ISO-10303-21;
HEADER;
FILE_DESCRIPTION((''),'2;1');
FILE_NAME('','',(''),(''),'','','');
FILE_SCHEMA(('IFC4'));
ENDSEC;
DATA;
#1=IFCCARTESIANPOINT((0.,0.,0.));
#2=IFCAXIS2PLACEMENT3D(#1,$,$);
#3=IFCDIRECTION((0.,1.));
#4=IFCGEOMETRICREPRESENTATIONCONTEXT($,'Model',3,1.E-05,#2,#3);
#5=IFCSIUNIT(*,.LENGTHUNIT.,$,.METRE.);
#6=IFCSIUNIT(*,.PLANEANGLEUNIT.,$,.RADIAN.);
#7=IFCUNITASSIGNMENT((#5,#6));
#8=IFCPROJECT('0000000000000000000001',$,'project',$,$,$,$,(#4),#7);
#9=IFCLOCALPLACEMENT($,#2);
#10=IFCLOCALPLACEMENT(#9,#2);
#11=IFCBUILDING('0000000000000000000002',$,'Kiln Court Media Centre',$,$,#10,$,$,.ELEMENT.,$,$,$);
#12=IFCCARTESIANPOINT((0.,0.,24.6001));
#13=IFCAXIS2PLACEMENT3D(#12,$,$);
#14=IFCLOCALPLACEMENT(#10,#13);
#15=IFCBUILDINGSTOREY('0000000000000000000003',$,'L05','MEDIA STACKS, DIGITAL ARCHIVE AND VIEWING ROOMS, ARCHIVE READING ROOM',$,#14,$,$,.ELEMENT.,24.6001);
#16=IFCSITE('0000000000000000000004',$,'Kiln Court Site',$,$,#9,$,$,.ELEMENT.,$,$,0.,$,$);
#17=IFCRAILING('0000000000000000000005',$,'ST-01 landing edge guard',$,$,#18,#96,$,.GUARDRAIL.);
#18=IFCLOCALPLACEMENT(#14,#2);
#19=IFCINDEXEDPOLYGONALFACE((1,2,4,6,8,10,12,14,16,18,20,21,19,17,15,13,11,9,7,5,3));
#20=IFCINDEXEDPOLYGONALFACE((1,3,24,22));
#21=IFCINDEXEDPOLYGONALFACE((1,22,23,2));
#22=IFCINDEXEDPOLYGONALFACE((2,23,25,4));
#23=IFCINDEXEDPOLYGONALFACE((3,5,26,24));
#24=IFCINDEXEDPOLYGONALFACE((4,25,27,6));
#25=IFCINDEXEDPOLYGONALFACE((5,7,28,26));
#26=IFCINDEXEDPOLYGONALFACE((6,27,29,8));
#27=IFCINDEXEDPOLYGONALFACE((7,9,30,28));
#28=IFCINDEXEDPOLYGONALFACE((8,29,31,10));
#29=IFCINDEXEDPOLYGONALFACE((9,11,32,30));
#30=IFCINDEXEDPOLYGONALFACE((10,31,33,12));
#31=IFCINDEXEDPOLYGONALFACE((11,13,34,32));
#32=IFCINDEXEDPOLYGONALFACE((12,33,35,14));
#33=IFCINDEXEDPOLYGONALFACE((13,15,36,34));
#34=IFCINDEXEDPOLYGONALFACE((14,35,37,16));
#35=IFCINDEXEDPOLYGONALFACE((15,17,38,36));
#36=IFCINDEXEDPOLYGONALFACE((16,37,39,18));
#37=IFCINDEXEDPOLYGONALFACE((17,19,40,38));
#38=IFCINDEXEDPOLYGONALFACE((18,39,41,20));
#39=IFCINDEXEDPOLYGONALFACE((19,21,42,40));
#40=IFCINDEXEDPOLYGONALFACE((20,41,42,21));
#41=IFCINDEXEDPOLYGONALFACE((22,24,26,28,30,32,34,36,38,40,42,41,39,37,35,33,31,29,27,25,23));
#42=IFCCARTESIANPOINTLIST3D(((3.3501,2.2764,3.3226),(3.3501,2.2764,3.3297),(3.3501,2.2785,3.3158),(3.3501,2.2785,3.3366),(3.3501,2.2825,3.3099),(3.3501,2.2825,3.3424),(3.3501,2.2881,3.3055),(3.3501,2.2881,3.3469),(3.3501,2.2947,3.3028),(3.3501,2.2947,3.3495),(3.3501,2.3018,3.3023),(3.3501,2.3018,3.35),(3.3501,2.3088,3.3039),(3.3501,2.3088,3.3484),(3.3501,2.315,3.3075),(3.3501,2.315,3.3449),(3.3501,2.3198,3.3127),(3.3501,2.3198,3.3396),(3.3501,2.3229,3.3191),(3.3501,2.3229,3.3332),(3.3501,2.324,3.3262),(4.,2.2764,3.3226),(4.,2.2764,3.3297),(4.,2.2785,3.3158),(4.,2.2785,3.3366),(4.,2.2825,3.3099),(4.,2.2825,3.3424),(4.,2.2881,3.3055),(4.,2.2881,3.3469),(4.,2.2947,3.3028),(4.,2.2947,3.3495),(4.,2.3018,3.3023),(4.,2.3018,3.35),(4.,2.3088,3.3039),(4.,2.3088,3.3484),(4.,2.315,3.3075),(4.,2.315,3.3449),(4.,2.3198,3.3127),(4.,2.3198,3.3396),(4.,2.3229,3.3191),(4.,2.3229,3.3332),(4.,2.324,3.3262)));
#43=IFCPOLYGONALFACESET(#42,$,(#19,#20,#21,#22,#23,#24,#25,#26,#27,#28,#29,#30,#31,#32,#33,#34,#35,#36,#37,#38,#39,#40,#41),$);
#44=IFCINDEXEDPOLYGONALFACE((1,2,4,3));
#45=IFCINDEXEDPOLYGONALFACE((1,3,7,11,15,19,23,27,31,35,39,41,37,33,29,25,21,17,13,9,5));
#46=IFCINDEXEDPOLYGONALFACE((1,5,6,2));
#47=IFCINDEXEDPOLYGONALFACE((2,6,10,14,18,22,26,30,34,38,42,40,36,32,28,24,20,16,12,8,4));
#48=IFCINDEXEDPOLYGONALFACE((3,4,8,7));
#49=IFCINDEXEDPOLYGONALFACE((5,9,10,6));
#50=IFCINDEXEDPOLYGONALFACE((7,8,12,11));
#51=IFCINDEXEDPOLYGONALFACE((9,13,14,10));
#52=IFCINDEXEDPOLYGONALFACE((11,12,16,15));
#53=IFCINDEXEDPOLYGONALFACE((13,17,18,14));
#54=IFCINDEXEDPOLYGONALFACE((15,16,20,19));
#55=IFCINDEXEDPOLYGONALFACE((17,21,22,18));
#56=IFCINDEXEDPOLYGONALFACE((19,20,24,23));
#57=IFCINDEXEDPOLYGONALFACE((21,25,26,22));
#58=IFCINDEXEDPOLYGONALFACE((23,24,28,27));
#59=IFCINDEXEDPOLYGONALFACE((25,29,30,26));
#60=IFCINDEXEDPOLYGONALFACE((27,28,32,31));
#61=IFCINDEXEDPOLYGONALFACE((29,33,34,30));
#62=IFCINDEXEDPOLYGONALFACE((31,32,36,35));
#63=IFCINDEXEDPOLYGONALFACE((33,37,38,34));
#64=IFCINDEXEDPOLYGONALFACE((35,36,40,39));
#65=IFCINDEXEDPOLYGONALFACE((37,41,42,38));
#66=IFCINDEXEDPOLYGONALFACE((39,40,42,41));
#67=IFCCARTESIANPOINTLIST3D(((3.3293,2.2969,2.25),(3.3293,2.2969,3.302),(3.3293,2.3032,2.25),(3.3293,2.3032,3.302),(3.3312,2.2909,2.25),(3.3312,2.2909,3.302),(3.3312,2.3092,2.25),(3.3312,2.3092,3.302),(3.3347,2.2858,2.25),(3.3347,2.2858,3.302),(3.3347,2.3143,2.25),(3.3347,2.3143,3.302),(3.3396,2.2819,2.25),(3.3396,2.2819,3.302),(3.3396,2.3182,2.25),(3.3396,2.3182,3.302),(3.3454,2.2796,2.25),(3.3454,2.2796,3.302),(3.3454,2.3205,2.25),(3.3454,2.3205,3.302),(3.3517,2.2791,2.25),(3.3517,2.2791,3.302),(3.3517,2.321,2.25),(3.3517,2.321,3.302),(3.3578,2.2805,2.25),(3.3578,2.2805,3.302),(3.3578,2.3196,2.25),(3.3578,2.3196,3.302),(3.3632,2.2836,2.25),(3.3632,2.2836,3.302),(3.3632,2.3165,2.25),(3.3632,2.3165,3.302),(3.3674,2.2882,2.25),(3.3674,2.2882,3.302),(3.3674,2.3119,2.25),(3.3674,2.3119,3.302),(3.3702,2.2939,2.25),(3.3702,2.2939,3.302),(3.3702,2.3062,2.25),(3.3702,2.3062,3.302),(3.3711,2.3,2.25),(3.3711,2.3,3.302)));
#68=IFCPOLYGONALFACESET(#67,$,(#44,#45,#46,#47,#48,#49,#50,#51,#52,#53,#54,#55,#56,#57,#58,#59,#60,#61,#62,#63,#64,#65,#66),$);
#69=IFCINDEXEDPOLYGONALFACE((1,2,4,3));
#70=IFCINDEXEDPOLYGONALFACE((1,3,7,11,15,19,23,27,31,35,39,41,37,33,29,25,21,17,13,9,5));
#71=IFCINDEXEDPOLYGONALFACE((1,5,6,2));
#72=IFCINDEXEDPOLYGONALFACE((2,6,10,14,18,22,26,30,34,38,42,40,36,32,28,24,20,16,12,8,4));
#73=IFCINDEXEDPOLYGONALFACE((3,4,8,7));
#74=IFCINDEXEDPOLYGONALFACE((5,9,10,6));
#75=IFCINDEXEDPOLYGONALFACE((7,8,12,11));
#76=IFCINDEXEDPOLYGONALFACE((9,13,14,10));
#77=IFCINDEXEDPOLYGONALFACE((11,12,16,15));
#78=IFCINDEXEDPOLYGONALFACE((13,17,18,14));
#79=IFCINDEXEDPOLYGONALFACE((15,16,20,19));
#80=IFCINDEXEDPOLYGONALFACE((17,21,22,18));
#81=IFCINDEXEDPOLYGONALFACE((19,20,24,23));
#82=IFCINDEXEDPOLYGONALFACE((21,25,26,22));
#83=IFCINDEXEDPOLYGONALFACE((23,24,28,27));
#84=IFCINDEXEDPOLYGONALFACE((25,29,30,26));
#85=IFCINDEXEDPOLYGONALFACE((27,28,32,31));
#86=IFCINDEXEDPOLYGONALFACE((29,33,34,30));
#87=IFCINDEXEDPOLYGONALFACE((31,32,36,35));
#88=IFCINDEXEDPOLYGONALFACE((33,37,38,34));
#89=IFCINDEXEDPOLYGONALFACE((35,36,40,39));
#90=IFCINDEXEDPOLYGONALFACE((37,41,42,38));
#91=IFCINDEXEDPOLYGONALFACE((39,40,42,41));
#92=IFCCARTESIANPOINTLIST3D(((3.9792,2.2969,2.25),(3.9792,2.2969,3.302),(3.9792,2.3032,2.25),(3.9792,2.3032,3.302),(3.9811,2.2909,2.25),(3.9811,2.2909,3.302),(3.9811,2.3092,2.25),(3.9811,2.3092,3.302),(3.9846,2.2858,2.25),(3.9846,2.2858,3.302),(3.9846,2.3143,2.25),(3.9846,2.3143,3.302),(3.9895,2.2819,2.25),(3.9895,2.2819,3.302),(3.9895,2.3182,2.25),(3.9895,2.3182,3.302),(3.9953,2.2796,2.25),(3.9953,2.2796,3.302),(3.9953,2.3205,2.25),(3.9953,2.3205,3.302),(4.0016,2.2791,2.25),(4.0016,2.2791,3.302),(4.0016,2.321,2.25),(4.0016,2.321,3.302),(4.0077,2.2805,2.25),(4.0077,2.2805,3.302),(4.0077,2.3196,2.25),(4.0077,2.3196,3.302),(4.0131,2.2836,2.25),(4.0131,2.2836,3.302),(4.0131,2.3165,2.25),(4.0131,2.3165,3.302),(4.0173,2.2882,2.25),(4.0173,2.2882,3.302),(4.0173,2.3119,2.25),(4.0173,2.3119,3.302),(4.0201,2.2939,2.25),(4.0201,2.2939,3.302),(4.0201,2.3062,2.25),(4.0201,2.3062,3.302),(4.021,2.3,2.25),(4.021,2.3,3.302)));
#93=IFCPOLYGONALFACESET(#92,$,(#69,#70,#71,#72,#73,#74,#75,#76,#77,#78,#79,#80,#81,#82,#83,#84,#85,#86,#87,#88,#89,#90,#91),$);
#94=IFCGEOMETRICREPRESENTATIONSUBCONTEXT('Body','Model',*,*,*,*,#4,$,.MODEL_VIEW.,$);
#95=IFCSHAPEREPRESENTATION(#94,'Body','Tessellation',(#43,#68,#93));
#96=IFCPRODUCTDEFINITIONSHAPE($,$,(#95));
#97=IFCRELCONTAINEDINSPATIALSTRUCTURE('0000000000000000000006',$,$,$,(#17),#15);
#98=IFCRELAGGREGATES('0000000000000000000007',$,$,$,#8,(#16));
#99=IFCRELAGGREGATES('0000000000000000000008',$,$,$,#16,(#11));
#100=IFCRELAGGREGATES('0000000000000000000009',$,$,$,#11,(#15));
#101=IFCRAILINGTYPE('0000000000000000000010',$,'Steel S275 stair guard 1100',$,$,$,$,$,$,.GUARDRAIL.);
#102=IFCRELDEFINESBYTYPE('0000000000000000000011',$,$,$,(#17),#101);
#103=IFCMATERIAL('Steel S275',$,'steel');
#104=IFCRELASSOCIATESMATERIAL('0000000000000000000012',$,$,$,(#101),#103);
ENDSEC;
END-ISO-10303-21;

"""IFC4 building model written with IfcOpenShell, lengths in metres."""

from ifc_helpers import new_model, si_unit, direction, frame, origin, origin_2d, place, context, subcontext, project, spatial, circle, extrude, material, type_object, element, save


model = new_model("IFC4")

# Units and contexts
model_context = context("Model", 3, precision=1e-05, world=origin(), true_north=direction((0.0, 1.0)))
body_context = subcontext(model_context, "Body", "Model", "MODEL_VIEW")
ifc_project = project(units=[si_unit("LENGTHUNIT", "METRE"), si_unit("PLANEANGLEUNIT", "RADIAN")], contexts=[model_context])

# Site, building, storey
site_placement = place(None, origin())
site = spatial("IfcSite", under=ifc_project, at=site_placement, Name="Kiln Court Site", CompositionType="ELEMENT", RefElevation=0.0)
building_placement = place(site_placement, origin())
building = spatial("IfcBuilding", under=site, at=building_placement, Name="Kiln Court Media Centre", CompositionType="ELEMENT")
storey_placement = place(building_placement, frame((0.0, 0.0, 24.6001)))
storey = spatial("IfcBuildingStorey", under=building, at=storey_placement, Name="L05", Description="MEDIA STACKS, DIGITAL ARCHIVE AND VIEWING ROOMS, ARCHIVE READING ROOM", CompositionType="ELEMENT", Elevation=24.6001)

# Railing
ifc_material_1 = material(Name="Steel S275", Category="steel")
railing_type_1 = type_object("IfcRailingType", Name="Steel S275 stair guard 1100", PredefinedType="GUARDRAIL", material=ifc_material_1)
railing_1_placement = place(storey_placement, frame((3.3501, 2.3, 2.25)))
element("IfcRailing", 1, at=railing_1_placement, inside=storey, type_object=railing_type_1, Name="ST-01 landing edge guard", PredefinedType="GUARDRAIL", context=body_context, shape_type="SweptSolid", body=[
    extrude(circle(Radius=0.0239, at=origin_2d()), frame((0.0, 0.0, 1.0762), z_axis=(1.0, 0.0, 0.0), x_axis=(0.0, 1.0, 0.0)), (0.0, 0.0, 1.0), 0.6499),
    extrude(circle(Radius=0.021, at=origin_2d()), origin(), (0.0, 0.0, 1.0), 1.052),
    extrude(circle(Radius=0.021, at=origin_2d()), frame((0.6499, 0.0, 0.0)), (0.0, 0.0, 1.0), 1.052),
])

save(model, "model.ifc")
